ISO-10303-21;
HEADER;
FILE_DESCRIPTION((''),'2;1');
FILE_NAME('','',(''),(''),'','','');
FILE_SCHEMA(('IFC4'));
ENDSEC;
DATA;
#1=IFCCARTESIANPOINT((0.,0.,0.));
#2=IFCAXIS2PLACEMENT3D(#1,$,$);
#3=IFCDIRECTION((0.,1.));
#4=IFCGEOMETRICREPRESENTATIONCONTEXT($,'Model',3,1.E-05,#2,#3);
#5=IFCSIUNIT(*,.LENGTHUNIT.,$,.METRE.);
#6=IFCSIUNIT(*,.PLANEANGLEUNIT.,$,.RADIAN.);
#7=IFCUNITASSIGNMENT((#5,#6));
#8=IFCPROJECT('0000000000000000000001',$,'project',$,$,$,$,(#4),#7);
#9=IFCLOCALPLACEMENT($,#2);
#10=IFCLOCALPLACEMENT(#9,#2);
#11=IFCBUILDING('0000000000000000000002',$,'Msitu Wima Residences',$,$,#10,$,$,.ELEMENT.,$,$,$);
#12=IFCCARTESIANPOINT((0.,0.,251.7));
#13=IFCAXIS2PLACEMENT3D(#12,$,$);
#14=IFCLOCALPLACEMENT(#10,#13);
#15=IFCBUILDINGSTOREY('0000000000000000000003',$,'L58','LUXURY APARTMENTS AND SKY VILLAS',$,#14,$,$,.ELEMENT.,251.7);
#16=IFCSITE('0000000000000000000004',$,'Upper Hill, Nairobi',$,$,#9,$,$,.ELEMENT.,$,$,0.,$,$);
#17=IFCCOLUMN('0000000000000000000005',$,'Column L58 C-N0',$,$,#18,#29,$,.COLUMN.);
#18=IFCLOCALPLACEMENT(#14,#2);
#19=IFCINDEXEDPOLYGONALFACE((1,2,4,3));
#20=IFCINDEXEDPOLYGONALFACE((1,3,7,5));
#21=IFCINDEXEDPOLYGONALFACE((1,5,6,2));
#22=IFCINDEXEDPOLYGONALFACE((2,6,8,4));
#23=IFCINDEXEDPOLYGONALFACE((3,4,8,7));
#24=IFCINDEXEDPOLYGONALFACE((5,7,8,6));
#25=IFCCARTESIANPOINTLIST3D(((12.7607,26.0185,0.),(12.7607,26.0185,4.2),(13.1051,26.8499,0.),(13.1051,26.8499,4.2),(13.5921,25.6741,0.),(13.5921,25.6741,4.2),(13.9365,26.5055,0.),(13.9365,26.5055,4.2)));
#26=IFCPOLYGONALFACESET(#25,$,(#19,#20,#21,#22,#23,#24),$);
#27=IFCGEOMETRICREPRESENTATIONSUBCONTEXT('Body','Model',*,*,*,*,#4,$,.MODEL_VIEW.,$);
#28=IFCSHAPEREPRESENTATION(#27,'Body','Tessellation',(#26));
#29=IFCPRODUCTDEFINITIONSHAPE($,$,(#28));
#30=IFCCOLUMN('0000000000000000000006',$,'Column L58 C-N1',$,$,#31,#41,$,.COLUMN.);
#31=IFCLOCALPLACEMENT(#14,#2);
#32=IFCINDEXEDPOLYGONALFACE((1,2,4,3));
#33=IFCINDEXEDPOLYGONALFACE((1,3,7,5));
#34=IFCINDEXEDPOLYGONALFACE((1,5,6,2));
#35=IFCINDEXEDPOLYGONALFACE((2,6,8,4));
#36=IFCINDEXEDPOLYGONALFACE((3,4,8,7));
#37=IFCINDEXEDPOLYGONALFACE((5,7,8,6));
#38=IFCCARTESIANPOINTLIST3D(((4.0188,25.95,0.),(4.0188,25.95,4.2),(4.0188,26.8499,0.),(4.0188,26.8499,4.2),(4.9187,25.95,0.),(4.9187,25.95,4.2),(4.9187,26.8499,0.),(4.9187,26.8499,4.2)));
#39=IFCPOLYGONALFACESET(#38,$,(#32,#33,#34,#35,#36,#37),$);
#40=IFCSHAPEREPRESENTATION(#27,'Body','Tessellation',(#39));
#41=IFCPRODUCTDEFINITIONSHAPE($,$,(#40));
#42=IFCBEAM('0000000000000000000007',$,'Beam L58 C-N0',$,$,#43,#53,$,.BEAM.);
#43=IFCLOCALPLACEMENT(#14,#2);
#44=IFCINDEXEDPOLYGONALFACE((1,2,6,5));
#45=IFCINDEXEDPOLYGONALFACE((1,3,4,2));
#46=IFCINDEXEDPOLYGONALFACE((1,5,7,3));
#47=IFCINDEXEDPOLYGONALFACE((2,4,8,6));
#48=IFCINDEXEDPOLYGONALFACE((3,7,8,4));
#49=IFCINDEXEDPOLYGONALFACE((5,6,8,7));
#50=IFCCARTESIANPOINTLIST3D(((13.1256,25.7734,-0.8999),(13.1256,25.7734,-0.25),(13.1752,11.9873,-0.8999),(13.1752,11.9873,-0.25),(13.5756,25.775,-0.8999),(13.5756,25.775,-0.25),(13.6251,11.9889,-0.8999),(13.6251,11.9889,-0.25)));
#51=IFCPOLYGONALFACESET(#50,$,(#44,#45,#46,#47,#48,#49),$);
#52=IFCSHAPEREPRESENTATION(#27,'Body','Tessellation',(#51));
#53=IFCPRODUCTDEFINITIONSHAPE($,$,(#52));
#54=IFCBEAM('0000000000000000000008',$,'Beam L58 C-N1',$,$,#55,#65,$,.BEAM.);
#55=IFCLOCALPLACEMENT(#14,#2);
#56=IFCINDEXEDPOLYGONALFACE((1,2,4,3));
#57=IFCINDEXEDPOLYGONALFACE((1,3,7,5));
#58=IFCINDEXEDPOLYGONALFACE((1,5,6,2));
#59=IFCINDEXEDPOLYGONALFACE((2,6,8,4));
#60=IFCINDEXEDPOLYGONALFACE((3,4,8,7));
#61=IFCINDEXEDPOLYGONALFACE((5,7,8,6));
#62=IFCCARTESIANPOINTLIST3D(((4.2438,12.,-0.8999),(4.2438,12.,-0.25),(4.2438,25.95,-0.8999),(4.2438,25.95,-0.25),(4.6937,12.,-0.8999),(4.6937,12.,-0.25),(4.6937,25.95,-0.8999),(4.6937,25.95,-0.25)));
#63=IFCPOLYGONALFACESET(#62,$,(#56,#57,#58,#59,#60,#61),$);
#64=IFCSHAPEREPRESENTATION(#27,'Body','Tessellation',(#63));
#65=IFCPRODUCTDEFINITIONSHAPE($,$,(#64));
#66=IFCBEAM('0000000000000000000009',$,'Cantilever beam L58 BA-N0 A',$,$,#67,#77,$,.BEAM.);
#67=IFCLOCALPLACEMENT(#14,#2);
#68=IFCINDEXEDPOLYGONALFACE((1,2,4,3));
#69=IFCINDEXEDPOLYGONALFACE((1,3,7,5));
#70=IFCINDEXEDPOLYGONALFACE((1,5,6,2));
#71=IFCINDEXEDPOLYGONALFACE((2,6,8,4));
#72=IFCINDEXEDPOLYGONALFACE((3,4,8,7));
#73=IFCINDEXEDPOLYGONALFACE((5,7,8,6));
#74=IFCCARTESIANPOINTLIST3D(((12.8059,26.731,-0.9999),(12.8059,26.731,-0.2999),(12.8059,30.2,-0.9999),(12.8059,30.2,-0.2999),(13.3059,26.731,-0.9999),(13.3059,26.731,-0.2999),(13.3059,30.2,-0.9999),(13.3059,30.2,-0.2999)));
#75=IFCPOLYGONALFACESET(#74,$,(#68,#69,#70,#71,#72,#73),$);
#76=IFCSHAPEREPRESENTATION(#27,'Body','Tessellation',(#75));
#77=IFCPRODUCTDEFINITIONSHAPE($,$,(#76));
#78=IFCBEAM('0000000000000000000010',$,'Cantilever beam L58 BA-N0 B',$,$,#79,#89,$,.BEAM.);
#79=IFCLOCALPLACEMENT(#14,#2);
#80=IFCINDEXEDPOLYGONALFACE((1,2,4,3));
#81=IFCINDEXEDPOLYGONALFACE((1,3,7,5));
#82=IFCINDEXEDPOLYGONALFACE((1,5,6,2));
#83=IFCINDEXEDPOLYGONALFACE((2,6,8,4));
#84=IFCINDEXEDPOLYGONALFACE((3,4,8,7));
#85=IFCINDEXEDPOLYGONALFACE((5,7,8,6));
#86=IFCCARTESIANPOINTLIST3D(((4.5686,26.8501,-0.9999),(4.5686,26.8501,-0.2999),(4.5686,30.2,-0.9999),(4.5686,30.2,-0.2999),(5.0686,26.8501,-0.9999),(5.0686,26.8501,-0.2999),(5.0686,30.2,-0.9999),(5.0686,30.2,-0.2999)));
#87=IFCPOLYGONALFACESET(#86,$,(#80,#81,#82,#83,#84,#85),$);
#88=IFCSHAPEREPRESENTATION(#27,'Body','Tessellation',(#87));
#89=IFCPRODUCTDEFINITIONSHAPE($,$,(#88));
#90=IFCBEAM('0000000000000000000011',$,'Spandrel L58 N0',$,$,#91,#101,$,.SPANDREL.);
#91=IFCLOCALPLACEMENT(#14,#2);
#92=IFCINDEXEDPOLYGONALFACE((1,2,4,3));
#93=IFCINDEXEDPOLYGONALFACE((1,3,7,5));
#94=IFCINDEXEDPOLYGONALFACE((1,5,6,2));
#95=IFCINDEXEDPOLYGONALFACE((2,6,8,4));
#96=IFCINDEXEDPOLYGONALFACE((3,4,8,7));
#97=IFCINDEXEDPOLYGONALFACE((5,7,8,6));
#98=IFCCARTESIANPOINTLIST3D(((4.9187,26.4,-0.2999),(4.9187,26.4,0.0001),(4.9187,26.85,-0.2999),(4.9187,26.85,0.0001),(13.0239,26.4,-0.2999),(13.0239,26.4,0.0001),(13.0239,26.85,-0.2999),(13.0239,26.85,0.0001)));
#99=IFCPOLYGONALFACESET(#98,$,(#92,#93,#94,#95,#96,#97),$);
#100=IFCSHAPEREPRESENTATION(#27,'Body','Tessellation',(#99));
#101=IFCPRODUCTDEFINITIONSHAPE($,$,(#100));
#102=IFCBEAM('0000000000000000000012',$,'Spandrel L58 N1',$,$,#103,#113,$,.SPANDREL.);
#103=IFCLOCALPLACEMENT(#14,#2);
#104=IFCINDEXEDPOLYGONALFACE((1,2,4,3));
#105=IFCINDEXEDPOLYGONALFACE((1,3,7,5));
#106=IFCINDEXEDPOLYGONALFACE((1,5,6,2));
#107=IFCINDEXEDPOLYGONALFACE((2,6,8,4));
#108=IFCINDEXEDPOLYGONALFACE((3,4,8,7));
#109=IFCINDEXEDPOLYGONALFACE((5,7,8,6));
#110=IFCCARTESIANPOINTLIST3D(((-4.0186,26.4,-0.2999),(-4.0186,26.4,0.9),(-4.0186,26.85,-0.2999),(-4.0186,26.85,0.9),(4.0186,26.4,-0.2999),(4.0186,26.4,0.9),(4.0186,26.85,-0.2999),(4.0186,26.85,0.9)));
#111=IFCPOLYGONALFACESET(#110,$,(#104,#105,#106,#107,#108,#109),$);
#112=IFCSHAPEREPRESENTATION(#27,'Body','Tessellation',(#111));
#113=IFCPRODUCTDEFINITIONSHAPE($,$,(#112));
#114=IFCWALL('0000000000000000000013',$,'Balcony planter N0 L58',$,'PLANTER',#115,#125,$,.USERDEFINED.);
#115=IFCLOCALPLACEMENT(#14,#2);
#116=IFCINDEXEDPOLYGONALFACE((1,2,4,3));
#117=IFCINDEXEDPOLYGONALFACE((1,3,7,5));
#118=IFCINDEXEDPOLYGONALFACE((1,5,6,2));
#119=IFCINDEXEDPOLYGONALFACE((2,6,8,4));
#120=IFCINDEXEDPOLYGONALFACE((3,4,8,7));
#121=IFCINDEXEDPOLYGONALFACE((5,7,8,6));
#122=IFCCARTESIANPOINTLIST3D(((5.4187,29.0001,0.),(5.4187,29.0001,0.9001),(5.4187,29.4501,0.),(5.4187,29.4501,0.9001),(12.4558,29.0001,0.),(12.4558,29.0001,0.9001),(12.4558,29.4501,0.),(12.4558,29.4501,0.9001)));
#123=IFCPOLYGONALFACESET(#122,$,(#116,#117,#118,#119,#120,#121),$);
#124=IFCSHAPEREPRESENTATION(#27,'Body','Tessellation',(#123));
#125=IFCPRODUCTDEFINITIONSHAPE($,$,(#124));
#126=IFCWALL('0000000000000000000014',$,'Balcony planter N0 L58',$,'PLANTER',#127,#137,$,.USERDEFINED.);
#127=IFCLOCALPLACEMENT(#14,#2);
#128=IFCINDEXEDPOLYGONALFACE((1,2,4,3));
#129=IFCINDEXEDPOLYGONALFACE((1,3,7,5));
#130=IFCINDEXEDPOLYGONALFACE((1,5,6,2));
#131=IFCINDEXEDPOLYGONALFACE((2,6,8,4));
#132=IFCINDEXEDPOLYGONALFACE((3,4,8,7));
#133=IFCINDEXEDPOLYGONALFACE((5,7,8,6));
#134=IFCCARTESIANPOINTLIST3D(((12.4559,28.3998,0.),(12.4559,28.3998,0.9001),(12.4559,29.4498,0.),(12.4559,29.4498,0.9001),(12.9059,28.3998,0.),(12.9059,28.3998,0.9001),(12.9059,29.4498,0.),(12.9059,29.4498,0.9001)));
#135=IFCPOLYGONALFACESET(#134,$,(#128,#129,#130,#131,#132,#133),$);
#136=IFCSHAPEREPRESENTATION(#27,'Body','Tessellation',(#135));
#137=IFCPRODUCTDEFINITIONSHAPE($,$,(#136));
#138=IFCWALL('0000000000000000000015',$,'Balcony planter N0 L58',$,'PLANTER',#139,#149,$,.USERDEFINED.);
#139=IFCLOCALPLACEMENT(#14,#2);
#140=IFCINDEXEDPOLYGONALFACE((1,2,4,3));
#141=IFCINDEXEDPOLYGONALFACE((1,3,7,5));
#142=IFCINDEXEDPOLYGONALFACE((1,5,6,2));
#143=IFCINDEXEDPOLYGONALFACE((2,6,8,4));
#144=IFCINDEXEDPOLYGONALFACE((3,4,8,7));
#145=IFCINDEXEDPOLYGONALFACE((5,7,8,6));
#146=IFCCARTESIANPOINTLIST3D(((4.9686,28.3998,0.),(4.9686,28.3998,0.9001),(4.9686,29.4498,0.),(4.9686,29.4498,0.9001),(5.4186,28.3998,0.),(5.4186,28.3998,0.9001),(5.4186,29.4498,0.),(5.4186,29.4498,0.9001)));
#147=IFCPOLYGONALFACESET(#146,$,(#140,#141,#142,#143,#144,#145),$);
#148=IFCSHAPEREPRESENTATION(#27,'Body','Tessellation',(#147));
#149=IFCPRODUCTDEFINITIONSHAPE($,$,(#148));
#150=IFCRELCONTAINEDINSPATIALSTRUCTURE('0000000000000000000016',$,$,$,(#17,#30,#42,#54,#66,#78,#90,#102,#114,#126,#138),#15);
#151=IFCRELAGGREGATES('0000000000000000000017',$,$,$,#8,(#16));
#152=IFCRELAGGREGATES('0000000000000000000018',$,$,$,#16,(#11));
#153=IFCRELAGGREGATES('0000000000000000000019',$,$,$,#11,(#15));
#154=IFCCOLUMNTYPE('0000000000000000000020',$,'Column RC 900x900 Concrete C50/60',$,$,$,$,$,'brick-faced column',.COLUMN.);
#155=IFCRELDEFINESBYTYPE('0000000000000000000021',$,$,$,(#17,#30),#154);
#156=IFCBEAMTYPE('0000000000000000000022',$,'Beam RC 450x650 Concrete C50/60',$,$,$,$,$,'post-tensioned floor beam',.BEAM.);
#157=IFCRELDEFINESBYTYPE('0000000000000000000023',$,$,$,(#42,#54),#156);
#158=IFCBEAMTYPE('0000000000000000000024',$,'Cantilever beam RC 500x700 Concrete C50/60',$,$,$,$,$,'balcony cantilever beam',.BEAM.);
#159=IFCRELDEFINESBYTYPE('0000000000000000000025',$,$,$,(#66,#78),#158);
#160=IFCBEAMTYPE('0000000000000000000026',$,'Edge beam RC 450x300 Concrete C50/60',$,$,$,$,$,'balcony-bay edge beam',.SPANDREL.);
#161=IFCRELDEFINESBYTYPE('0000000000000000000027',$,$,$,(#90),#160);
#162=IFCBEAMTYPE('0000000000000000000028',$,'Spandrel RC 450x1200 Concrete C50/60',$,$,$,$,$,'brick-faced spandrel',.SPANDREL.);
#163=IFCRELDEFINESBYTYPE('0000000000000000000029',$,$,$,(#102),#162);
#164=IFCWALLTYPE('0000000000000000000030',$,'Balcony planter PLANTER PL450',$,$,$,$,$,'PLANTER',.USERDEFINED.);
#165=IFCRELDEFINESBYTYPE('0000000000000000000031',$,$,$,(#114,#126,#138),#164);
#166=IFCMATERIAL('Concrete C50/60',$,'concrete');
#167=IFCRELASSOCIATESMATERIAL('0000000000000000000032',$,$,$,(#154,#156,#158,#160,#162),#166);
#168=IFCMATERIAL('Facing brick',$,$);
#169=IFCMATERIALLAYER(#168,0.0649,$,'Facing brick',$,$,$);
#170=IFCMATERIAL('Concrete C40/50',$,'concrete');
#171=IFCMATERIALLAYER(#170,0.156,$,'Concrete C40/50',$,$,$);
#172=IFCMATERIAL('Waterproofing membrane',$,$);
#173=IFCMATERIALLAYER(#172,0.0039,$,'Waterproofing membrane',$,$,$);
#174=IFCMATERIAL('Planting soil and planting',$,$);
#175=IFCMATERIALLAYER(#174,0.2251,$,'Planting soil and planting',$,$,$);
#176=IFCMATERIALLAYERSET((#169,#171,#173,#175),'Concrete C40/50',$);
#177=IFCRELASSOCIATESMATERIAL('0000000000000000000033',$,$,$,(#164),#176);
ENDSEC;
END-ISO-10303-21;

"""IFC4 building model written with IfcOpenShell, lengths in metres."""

from ifc_helpers import new_model, si_unit, direction, frame, frame_2d, origin, origin_2d, place, context, subcontext, project, spatial, rectangle, extrude, material, layer, layer_set, material_profile, profile_set, type_object, element, save


model = new_model("IFC4")

# Units and contexts
model_context = context("Model", 3, precision=1e-05, world=origin(), true_north=direction((0.0, 1.0)))
body_context = subcontext(model_context, "Body", "Model", "MODEL_VIEW")
ifc_project = project(units=[si_unit("LENGTHUNIT", "METRE"), si_unit("PLANEANGLEUNIT", "RADIAN")], contexts=[model_context])

# Site, building, storey
site_placement = place(None, origin())
site = spatial("IfcSite", under=ifc_project, at=site_placement, Name="Upper Hill, Nairobi", CompositionType="ELEMENT", RefElevation=0.0)
building_placement = place(site_placement, origin())
building = spatial("IfcBuilding", under=site, at=building_placement, Name="Msitu Wima Residences", CompositionType="ELEMENT")
storey_placement = place(building_placement, frame((0.0, 0.0, 251.7)))
storey = spatial("IfcBuildingStorey", under=building, at=storey_placement, Name="L58", Description="LUXURY APARTMENTS AND SKY VILLAS", CompositionType="ELEMENT", Elevation=251.7)

# Columns
ifc_material_1 = material(Name="Concrete C50/60", Category="concrete")
ifc_material_profile_1 = material_profile(ifc_material_1, rectangle(XDim=0.8999, YDim=0.8999, at=origin_2d()), Name="RC 900x900")
ifc_profile_set_1 = profile_set([ifc_material_profile_1], Name="Concrete C50/60")
column_type = type_object("IfcColumnType", Name="Column RC 900x900 Concrete C50/60", ElementType="brick-faced column", PredefinedType="COLUMN", material=ifc_profile_set_1)
for number, where, z_axis, x_axis, name in (
    (1, (13.3486, 26.262, 0.0), (0.0, 0.0, 1.0), (-0.92388, 0.382683, 0.0), "Column L58 C-N0"),
    (2, (4.4688, 26.3999, 0.0), (0.0, 0.0, 1.0), (-1.0, 0.0, 0.0), "Column L58 C-N1"),
):
    element("IfcColumn", number, at=place(storey_placement, frame(where, z_axis=z_axis, x_axis=x_axis)), inside=storey, type_object=column_type, Name=name, PredefinedType="COLUMN", context=body_context, shape_type="SweptSolid", body=[
        extrude(rectangle(XDim=0.8999, YDim=0.8999, at=origin_2d()), origin(), (0.0, 0.0, 1.0), 4.2),
    ])

# Beams
ifc_material_profile_2 = material_profile(ifc_material_1, rectangle(XDim=0.45, YDim=0.6499, at=origin_2d()), Name="RC 450x650")
ifc_profile_set_2 = profile_set([ifc_material_profile_2], Name="Concrete C50/60")
beam_type_1 = type_object("IfcBeamType", Name="Beam RC 450x650 Concrete C50/60", ElementType="post-tensioned floor beam", PredefinedType="BEAM", material=ifc_profile_set_2)
beam_1_placement = place(storey_placement, frame((13.3506, 25.7742, -0.575), z_axis=(0.003595, -0.999994, 0.0), x_axis=(0.999994, 0.003595, 0.0)))
element("IfcBeam", 3, at=beam_1_placement, inside=storey, type_object=beam_type_1, Name="Beam L58 C-N0", PredefinedType="BEAM", context=body_context, shape_type="SweptSolid", body=[
    extrude(rectangle(XDim=0.45, YDim=0.6499, at=origin_2d()), origin(), (0.0, 0.0, 1.0), 13.7861),
])
beam_2_placement = place(storey_placement, frame((4.4688, 25.95, -0.575), z_axis=(0.0, -1.0, 0.0), x_axis=(1.0, 0.0, 0.0)))
element("IfcBeam", 4, at=beam_2_placement, inside=storey, type_object=beam_type_1, Name="Beam L58 C-N1", PredefinedType="BEAM", context=body_context, shape_type="SweptSolid", body=[
    extrude(rectangle(XDim=0.45, YDim=0.6499, at=origin_2d()), origin(), (0.0, 0.0, 1.0), 13.95),
])
ifc_material_profile_3 = material_profile(ifc_material_1, rectangle(XDim=0.5, YDim=0.7, at=origin_2d()), Name="RC 500x700")
ifc_profile_set_3 = profile_set([ifc_material_profile_3], Name="Concrete C50/60")
beam_type_2 = type_object("IfcBeamType", Name="Cantilever beam RC 500x700 Concrete C50/60", ElementType="balcony cantilever beam", PredefinedType="BEAM", material=ifc_profile_set_3)
beam_3_placement = place(storey_placement, frame((13.0559, 26.731, -0.6499), z_axis=(0.0, 1.0, 0.0), x_axis=(-1.0, 0.0, 0.0)))
element("IfcBeam", 5, at=beam_3_placement, inside=storey, type_object=beam_type_2, Name="Cantilever beam L58 BA-N0 A", PredefinedType="BEAM", context=body_context, shape_type="SweptSolid", body=[
    extrude(rectangle(XDim=0.5, YDim=0.7, at=origin_2d()), origin(), (0.0, 0.0, 1.0), 3.469),
])
beam_4_placement = place(storey_placement, frame((4.8186, 26.8501, -0.6499), z_axis=(0.0, 1.0, 0.0), x_axis=(-1.0, 0.0, 0.0)))
element("IfcBeam", 6, at=beam_4_placement, inside=storey, type_object=beam_type_2, Name="Cantilever beam L58 BA-N0 B", PredefinedType="BEAM", context=body_context, shape_type="SweptSolid", body=[
    extrude(rectangle(XDim=0.5, YDim=0.7, at=origin_2d()), origin(), (0.0, 0.0, 1.0), 3.3499),
])
ifc_material_profile_4 = material_profile(ifc_material_1, rectangle(XDim=0.45, YDim=0.3, at=origin_2d()), Name="RC 450x300")
ifc_profile_set_4 = profile_set([ifc_material_profile_4], Name="Concrete C50/60")
beam_type_3 = type_object("IfcBeamType", Name="Edge beam RC 450x300 Concrete C50/60", ElementType="balcony-bay edge beam", PredefinedType="SPANDREL", material=ifc_profile_set_4)
beam_5_placement = place(storey_placement, frame((13.0239, 26.625, -0.1499), z_axis=(-1.0, 0.0, 0.0), x_axis=(0.0, -1.0, 0.0)))
element("IfcBeam", 7, at=beam_5_placement, inside=storey, type_object=beam_type_3, Name="Spandrel L58 N0", PredefinedType="SPANDREL", context=body_context, shape_type="SweptSolid", body=[
    extrude(rectangle(XDim=0.45, YDim=0.3, at=origin_2d()), origin(), (0.0, 0.0, 1.0), 8.1052),
])
ifc_material_profile_5 = material_profile(ifc_material_1, rectangle(XDim=0.45, YDim=1.2, at=origin_2d()), Name="RC 450x1200")
ifc_profile_set_5 = profile_set([ifc_material_profile_5], Name="Concrete C50/60")
beam_type_4 = type_object("IfcBeamType", Name="Spandrel RC 450x1200 Concrete C50/60", ElementType="brick-faced spandrel", PredefinedType="SPANDREL", material=ifc_profile_set_5)
beam_6_placement = place(storey_placement, frame((4.0186, 26.625, 0.3), z_axis=(-1.0, 0.0, 0.0), x_axis=(0.0, -1.0, 0.0)))
element("IfcBeam", 8, at=beam_6_placement, inside=storey, type_object=beam_type_4, Name="Spandrel L58 N1", PredefinedType="SPANDREL", context=body_context, shape_type="SweptSolid", body=[
    extrude(rectangle(XDim=0.45, YDim=1.2, at=origin_2d()), origin(), (0.0, 0.0, 1.0), 8.0371),
])

# Walls
ifc_material_2 = material(Name="Facing brick")
ifc_layer_1 = layer(ifc_material_2, 0.0649, Name="Facing brick")
ifc_material_3 = material(Name="Concrete C40/50", Category="concrete")
ifc_layer_2 = layer(ifc_material_3, 0.156, Name="Concrete C40/50")
ifc_material_4 = material(Name="Waterproofing membrane")
ifc_layer_3 = layer(ifc_material_4, 0.0039, Name="Waterproofing membrane")
ifc_material_5 = material(Name="Planting soil and planting")
ifc_layer_4 = layer(ifc_material_5, 0.2251, Name="Planting soil and planting")
ifc_layer_set_1 = layer_set([ifc_layer_1, ifc_layer_2, ifc_layer_3, ifc_layer_4], Name="Concrete C40/50")
wall_type_1 = type_object("IfcWallType", Name="Balcony planter PLANTER PL450", ElementType="PLANTER", PredefinedType="USERDEFINED", material=ifc_layer_set_1)
wall_1_placement = place(storey_placement, frame((12.4558, 29.2251, 0.0), z_axis=(0.0, 0.0, 1.0), x_axis=(-1.0, 0.0, 0.0)))
element("IfcWall", 9, at=wall_1_placement, inside=storey, type_object=wall_type_1, Name="Balcony planter N0 L58", ObjectType="PLANTER", PredefinedType="USERDEFINED", context=body_context, shape_type="SweptSolid", body=[
    extrude(rectangle(XDim=7.0371, YDim=0.45, at=frame_2d((3.5186, 0.0))), origin(), (0.0, 0.0, 1.0), 0.9001),
])
for number, where, z_axis, x_axis, name in (
    (10, (12.6809, 28.3999, 0.0), (0.0, 0.0, 1.0), (0.0, 1.0, 0.0), "Balcony planter N0 L58"),
    (11, (5.1936, 28.3999, 0.0), (0.0, 0.0, 1.0), (0.0, 1.0, 0.0), "Balcony planter N0 L58"),
):
    element("IfcWall", number, at=place(storey_placement, frame(where, z_axis=z_axis, x_axis=x_axis)), inside=storey, type_object=wall_type_1, Name=name, ObjectType="PLANTER", PredefinedType="USERDEFINED", context=body_context, shape_type="SweptSolid", body=[
        extrude(rectangle(XDim=1.05, YDim=0.45, at=frame_2d((0.5249, 0.0))), origin(), (0.0, 0.0, 1.0), 0.9001),
    ])

save(model, "model.ifc")
